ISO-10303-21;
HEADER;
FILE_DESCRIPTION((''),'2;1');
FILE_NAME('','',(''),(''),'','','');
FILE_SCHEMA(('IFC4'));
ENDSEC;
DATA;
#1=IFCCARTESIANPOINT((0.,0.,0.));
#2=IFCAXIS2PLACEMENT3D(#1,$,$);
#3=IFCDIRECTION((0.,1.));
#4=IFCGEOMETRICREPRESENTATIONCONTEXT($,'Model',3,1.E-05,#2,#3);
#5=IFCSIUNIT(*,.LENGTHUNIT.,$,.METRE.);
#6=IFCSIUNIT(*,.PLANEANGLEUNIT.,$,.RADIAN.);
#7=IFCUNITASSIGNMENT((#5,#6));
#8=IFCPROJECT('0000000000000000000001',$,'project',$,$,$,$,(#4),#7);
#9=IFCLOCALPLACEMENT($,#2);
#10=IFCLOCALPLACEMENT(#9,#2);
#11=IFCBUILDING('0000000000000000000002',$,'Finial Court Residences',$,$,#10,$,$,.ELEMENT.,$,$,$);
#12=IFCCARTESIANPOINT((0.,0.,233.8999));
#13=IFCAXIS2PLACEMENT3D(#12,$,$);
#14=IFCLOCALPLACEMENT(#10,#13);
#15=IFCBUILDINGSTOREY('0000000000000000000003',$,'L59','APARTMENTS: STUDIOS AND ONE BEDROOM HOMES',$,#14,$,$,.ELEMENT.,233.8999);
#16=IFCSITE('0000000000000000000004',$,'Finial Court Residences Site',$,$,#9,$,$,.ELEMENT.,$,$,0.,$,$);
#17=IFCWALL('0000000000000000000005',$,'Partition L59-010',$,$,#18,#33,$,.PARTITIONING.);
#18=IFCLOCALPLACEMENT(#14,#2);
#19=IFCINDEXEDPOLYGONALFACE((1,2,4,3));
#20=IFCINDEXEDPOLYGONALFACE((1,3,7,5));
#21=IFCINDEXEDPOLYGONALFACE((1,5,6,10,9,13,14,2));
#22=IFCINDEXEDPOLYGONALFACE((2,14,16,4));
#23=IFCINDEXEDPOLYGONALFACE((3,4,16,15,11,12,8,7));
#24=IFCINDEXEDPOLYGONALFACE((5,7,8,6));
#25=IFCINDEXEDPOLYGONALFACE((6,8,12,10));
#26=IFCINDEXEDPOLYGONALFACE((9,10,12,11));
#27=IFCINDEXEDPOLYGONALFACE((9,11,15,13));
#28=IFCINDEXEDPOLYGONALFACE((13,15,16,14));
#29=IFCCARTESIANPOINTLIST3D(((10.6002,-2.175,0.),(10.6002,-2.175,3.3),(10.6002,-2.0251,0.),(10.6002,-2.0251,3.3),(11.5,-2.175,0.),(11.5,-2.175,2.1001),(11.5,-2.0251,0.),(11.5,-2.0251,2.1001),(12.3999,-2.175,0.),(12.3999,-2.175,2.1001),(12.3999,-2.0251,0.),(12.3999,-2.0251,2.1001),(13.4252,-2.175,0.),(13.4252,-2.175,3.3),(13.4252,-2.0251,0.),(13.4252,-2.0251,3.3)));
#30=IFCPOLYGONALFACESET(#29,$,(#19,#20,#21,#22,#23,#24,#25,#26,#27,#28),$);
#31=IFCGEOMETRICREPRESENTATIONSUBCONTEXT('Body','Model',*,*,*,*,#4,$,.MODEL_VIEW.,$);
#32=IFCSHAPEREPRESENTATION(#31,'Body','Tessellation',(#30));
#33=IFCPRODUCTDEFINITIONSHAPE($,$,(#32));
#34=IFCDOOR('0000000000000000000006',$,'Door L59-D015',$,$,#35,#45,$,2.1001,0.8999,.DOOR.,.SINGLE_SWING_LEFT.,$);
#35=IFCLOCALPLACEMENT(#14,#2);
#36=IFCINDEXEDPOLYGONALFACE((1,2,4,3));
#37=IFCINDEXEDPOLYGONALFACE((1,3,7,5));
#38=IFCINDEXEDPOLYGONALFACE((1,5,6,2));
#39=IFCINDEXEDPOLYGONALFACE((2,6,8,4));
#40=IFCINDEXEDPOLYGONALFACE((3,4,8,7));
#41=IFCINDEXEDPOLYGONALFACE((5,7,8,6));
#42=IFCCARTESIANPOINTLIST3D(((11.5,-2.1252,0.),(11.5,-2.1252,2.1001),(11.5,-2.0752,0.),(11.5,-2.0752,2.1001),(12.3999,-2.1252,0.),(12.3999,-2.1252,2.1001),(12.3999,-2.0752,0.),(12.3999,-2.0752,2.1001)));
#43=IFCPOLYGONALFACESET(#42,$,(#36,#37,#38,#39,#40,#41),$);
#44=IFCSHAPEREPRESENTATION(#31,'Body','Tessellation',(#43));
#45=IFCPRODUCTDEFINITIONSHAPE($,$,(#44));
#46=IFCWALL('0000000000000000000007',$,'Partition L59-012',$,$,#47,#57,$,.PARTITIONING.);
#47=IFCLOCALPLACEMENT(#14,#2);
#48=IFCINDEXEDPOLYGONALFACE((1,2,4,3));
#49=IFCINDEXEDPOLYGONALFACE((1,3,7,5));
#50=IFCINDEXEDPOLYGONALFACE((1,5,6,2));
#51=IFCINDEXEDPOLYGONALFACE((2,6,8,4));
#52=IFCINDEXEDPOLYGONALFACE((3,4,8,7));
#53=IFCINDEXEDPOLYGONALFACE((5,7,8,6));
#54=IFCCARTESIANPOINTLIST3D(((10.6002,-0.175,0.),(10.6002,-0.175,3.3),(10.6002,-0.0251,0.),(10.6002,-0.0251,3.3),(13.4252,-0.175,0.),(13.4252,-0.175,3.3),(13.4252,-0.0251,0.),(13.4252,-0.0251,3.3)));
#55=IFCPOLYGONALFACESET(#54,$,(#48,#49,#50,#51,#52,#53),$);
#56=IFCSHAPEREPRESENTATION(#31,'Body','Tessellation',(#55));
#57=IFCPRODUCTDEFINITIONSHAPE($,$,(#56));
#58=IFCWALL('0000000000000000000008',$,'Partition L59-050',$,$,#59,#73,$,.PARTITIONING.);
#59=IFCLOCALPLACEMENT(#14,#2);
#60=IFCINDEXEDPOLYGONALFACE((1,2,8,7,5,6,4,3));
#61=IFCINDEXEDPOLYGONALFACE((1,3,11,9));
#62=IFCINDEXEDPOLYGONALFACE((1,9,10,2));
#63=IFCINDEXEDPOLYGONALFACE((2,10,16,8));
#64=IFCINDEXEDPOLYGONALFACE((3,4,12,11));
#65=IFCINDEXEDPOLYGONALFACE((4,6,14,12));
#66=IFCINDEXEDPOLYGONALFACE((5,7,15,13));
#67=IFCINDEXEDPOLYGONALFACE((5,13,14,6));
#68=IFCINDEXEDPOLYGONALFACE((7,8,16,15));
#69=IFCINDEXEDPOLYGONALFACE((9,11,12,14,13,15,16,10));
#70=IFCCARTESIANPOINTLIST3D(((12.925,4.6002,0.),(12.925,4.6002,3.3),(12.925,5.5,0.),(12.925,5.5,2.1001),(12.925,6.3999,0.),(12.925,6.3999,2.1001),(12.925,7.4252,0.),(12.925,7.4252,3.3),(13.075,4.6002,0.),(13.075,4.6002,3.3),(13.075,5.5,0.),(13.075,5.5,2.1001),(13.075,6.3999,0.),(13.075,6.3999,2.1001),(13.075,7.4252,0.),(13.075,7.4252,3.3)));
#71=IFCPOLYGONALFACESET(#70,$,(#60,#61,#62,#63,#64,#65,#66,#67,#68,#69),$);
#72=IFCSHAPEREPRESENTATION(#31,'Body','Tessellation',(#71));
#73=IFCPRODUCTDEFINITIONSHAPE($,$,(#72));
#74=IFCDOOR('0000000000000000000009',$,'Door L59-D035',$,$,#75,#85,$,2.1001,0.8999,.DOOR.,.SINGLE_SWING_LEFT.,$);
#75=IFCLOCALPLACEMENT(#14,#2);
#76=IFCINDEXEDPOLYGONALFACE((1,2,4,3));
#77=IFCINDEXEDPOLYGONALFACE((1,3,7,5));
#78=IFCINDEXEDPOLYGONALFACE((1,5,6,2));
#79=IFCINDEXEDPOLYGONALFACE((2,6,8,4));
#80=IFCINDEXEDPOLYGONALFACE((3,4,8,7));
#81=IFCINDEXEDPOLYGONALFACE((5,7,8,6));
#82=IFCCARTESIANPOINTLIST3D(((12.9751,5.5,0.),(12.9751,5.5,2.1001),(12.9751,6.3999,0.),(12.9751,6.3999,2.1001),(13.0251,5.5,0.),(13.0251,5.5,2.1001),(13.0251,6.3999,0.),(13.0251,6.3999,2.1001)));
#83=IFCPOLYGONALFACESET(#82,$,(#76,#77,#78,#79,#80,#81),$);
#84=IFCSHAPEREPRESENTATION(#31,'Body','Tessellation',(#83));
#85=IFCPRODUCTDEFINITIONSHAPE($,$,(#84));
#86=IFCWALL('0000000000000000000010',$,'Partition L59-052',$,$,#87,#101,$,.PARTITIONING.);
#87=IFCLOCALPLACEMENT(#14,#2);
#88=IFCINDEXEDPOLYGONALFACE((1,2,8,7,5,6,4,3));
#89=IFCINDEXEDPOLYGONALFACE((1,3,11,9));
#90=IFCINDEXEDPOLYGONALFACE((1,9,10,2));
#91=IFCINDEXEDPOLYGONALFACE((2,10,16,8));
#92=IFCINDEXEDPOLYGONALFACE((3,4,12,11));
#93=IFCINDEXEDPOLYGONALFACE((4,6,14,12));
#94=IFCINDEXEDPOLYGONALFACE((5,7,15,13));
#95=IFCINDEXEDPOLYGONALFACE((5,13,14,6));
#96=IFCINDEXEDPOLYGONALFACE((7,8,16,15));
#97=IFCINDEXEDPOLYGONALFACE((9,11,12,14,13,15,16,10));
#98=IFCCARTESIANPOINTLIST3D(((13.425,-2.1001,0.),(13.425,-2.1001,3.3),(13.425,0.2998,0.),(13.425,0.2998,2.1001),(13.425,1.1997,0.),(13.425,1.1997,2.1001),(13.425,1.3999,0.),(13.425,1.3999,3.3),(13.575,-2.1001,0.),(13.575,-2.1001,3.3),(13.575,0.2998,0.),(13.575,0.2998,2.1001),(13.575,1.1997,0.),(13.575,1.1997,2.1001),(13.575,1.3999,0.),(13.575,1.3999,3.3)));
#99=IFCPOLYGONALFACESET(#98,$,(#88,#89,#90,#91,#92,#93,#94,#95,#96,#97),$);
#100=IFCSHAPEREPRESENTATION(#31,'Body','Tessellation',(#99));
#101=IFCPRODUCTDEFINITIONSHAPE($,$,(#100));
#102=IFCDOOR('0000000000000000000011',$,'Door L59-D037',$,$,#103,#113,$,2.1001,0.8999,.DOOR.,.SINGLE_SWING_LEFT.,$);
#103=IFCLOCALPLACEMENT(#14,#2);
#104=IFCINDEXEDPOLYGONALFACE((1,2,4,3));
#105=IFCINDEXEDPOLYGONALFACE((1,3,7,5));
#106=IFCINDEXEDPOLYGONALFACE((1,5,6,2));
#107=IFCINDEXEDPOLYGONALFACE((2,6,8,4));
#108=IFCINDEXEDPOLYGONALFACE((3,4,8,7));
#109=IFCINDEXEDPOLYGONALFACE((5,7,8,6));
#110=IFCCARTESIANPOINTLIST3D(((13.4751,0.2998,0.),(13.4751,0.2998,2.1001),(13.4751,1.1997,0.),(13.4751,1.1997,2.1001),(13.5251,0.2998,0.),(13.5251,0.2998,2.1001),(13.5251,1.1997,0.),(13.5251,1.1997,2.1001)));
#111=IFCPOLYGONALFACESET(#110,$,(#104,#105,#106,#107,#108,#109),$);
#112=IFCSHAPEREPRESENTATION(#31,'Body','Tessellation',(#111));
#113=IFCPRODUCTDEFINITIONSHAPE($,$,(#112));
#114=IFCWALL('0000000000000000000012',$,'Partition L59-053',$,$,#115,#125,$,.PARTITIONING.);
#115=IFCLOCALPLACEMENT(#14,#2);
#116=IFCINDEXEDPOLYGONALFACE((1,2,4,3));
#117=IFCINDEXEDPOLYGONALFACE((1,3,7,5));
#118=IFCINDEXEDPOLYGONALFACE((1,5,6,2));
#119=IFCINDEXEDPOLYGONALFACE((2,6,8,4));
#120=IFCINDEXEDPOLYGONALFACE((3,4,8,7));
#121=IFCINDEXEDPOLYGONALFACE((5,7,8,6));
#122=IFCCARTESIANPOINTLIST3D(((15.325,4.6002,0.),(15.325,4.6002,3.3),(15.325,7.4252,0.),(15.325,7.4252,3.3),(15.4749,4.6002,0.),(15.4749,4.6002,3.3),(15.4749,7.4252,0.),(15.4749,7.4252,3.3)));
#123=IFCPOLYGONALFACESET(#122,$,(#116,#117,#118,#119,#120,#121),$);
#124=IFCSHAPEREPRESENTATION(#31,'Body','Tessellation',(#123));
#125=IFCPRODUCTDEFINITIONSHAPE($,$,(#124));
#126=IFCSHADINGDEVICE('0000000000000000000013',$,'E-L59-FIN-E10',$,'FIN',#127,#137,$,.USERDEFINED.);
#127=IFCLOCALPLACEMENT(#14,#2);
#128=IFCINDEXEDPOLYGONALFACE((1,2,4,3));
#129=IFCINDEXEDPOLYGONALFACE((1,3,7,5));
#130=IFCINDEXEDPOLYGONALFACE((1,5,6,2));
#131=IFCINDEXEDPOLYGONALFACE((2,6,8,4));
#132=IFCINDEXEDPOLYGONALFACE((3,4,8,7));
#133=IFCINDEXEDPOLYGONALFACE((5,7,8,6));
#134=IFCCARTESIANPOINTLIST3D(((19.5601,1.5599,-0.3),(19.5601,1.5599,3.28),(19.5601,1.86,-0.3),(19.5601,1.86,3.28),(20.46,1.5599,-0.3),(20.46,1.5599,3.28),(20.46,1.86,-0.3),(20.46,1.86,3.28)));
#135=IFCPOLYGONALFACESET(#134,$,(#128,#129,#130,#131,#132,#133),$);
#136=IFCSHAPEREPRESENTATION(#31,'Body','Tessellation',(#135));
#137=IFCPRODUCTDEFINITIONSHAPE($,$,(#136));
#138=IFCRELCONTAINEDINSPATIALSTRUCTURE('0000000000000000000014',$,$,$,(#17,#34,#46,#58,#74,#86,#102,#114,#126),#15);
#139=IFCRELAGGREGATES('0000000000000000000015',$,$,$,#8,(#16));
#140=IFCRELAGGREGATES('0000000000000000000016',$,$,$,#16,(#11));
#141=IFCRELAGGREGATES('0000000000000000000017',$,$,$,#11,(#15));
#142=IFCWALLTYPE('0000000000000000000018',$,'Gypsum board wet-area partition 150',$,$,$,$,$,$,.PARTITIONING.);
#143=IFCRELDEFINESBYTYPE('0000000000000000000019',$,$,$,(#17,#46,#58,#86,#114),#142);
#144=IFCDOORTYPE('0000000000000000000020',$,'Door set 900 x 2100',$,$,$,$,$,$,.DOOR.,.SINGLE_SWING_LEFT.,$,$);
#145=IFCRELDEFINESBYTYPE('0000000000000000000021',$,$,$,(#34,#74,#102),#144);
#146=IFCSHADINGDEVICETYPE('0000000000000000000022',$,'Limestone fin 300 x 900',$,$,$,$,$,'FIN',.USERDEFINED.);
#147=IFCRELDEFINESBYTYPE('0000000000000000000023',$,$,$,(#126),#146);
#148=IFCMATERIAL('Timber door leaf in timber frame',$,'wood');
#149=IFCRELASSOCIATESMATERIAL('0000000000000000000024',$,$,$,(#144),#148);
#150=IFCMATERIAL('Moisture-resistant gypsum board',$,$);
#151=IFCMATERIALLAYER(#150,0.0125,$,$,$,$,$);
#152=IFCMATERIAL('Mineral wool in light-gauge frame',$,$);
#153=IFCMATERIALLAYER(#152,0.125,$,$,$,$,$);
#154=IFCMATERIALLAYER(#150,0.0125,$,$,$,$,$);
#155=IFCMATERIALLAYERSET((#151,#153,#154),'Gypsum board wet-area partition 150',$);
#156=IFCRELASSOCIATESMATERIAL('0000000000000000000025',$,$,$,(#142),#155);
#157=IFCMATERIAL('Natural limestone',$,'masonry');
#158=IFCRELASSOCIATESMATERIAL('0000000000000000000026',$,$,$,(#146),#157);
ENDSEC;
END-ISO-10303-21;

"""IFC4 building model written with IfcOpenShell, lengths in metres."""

from ifc_helpers import new_model, si_unit, direction, frame, frame_2d, origin, origin_2d, place, context, subcontext, project, spatial, rectangle, extrude, material, layer, layer_set, type_object, element, fill, save


model = new_model("IFC4")

# Units and contexts
model_context = context("Model", 3, precision=1e-05, world=origin(), true_north=direction((0.0, 1.0)))
body_context = subcontext(model_context, "Body", "Model", "MODEL_VIEW")
ifc_project = project(units=[si_unit("LENGTHUNIT", "METRE"), si_unit("PLANEANGLEUNIT", "RADIAN")], contexts=[model_context])

# Site, building, storey
site_placement = place(None, origin())
site = spatial("IfcSite", under=ifc_project, at=site_placement, Name="Finial Court Residences Site", CompositionType="ELEMENT", RefElevation=0.0)
building_placement = place(site_placement, origin())
building = spatial("IfcBuilding", under=site, at=building_placement, Name="Finial Court Residences", CompositionType="ELEMENT")
storey_placement = place(building_placement, frame((0.0, 0.0, 233.8999)))
storey = spatial("IfcBuildingStorey", under=building, at=storey_placement, Name="L59", Description="APARTMENTS: STUDIOS AND ONE BEDROOM HOMES", CompositionType="ELEMENT", Elevation=233.8999)

# Wall, opening, door
ifc_material_1 = material(Name="Mineral wool in light-gauge frame")
ifc_material_2 = material(Name="Timber door leaf in timber frame", Category="wood")
door_type = type_object("IfcDoorType", Name="Door set 900 x 2100", OperationType="SINGLE_SWING_LEFT", PredefinedType="DOOR", material=ifc_material_2)
ifc_material_3 = material(Name="Moisture-resistant gypsum board")
ifc_layer_1 = layer(ifc_material_3, 0.0125)
ifc_layer_2 = layer(ifc_material_1, 0.125)
ifc_layer_3 = layer(ifc_material_3, 0.0125)
ifc_layer_set_1 = layer_set([ifc_layer_1, ifc_layer_2, ifc_layer_3], Name="Gypsum board wet-area partition 150")
wall_type_1 = type_object("IfcWallType", Name="Gypsum board wet-area partition 150", PredefinedType="PARTITIONING", material=ifc_layer_set_1)
wall_1_placement = place(storey_placement, frame((10.6001, -2.1001, 0.0), z_axis=(0.0, 0.0, 1.0), x_axis=(1.0, 0.0, 0.0)))
wall_1 = element("IfcWall", 1, at=wall_1_placement, inside=storey, type_object=wall_type_1, Name="Partition L59-010", PredefinedType="PARTITIONING", context=body_context, shape_type="SweptSolid", body=[
    extrude(rectangle(XDim=2.825, YDim=0.1499, at=frame_2d((1.4126, 0.0))), origin(), (0.0, 0.0, 1.0), 3.3),
])
opening_1_placement = place(wall_1_placement, frame((0.8999, 0.0, 0.0)))
opening_1 = element("IfcOpeningElement", 2, at=opening_1_placement, cuts=wall_1, PredefinedType="OPENING", context=body_context, shape_type="SweptSolid", body=[
    extrude(rectangle(XDim=0.8999, YDim=2.1001, at=frame_2d((0.45, 1.05))), frame((0.0, 0.085, 0.0), z_axis=(0.0, -1.0, 0.0), x_axis=(1.0, 0.0, 0.0)), (0.0, 0.0, 1.0), 0.1699),
])
door_1_placement = place(opening_1_placement, origin())
door_1 = element("IfcDoor", 3, at=door_1_placement, inside=storey, type_object=door_type, Name="Door L59-D015", OperationType="SINGLE_SWING_LEFT", OverallHeight=2.1001, OverallWidth=0.8999, PredefinedType="DOOR", context=body_context, shape_type="SweptSolid", body=[
    extrude(rectangle(XDim=0.8999, YDim=2.1001, at=frame_2d((0.45, 1.05))), frame((0.0, 0.0249, 0.0), z_axis=(0.0, -1.0, 0.0), x_axis=(1.0, 0.0, 0.0)), (0.0, 0.0, 1.0), 0.05),
])
fill(opening_1, door_1)

# Wall
wall_2_placement = place(storey_placement, frame((10.6001, -0.1001, 0.0), z_axis=(0.0, 0.0, 1.0), x_axis=(1.0, 0.0, 0.0)))
element("IfcWall", 4, at=wall_2_placement, inside=storey, type_object=wall_type_1, Name="Partition L59-012", PredefinedType="PARTITIONING", context=body_context, shape_type="SweptSolid", body=[
    extrude(rectangle(XDim=2.825, YDim=0.1499, at=frame_2d((1.4126, 0.0))), origin(), (0.0, 0.0, 1.0), 3.3),
])

# Walls, openings, doors
wall_3_placement = place(storey_placement, frame((13.0, 4.6001, 0.0), z_axis=(0.0, 0.0, 1.0), x_axis=(0.0, 1.0, 0.0)))
wall_3 = element("IfcWall", 5, at=wall_3_placement, inside=storey, type_object=wall_type_1, Name="Partition L59-050", PredefinedType="PARTITIONING", context=body_context, shape_type="SweptSolid", body=[
    extrude(rectangle(XDim=2.825, YDim=0.1499, at=frame_2d((1.4126, 0.0))), origin(), (0.0, 0.0, 1.0), 3.3),
])
opening_2_placement = place(wall_3_placement, frame((0.8999, 0.0, 0.0)))
opening_2 = element("IfcOpeningElement", 6, at=opening_2_placement, cuts=wall_3, PredefinedType="OPENING", context=body_context, shape_type="SweptSolid", body=[
    extrude(rectangle(XDim=0.8999, YDim=2.1001, at=frame_2d((0.45, 1.05))), frame((0.0, 0.085, 0.0), z_axis=(0.0, -1.0, 0.0), x_axis=(1.0, 0.0, 0.0)), (0.0, 0.0, 1.0), 0.1699),
])
door_2_placement = place(opening_2_placement, origin())
door_2 = element("IfcDoor", 7, at=door_2_placement, inside=storey, type_object=door_type, Name="Door L59-D035", OperationType="SINGLE_SWING_LEFT", OverallHeight=2.1001, OverallWidth=0.8999, PredefinedType="DOOR", context=body_context, shape_type="SweptSolid", body=[
    extrude(rectangle(XDim=0.8999, YDim=2.1001, at=frame_2d((0.45, 1.05))), frame((0.0, 0.0249, 0.0), z_axis=(0.0, -1.0, 0.0), x_axis=(1.0, 0.0, 0.0)), (0.0, 0.0, 1.0), 0.05),
])
fill(opening_2, door_2)
wall_4_placement = place(storey_placement, frame((13.5, -2.1001, 0.0), z_axis=(0.0, 0.0, 1.0), x_axis=(0.0, 1.0, 0.0)))
wall_4 = element("IfcWall", 8, at=wall_4_placement, inside=storey, type_object=wall_type_1, Name="Partition L59-052", PredefinedType="PARTITIONING", context=body_context, shape_type="SweptSolid", body=[
    extrude(rectangle(XDim=3.5, YDim=0.1499, at=frame_2d((1.75, 0.0))), origin(), (0.0, 0.0, 1.0), 3.3),
])
opening_3_placement = place(wall_4_placement, frame((2.3999, 0.0, 0.0)))
opening_3 = element("IfcOpeningElement", 9, at=opening_3_placement, cuts=wall_4, PredefinedType="OPENING", context=body_context, shape_type="SweptSolid", body=[
    extrude(rectangle(XDim=0.8999, YDim=2.1001, at=frame_2d((0.45, 1.05))), frame((0.0, 0.085, 0.0), z_axis=(0.0, -1.0, 0.0), x_axis=(1.0, 0.0, 0.0)), (0.0, 0.0, 1.0), 0.1699),
])
door_3_placement = place(opening_3_placement, origin())
door_3 = element("IfcDoor", 10, at=door_3_placement, inside=storey, type_object=door_type, Name="Door L59-D037", OperationType="SINGLE_SWING_LEFT", OverallHeight=2.1001, OverallWidth=0.8999, PredefinedType="DOOR", context=body_context, shape_type="SweptSolid", body=[
    extrude(rectangle(XDim=0.8999, YDim=2.1001, at=frame_2d((0.45, 1.05))), frame((0.0, 0.0249, 0.0), z_axis=(0.0, -1.0, 0.0), x_axis=(1.0, 0.0, 0.0)), (0.0, 0.0, 1.0), 0.05),
])
fill(opening_3, door_3)

# Wall
wall_5_placement = place(storey_placement, frame((15.3999, 4.6001, 0.0), z_axis=(0.0, 0.0, 1.0), x_axis=(0.0, 1.0, 0.0)))
element("IfcWall", 11, at=wall_5_placement, inside=storey, type_object=wall_type_1, Name="Partition L59-053", PredefinedType="PARTITIONING", context=body_context, shape_type="SweptSolid", body=[
    extrude(rectangle(XDim=2.825, YDim=0.1499, at=frame_2d((1.4126, 0.0))), origin(), (0.0, 0.0, 1.0), 3.3),
])

# Shading device
ifc_material_4 = material(Name="Natural limestone", Category="masonry")
shading_device_type = type_object("IfcShadingDeviceType", Name="Limestone fin 300 x 900", ElementType="FIN", PredefinedType="USERDEFINED", material=ifc_material_4)
shading_device_placement = place(storey_placement, frame((20.01, 1.71, -0.3), z_axis=(0.0, 0.0, 1.0), x_axis=(1.0, 0.0, 0.0)))
element("IfcShadingDevice", 12, at=shading_device_placement, inside=storey, type_object=shading_device_type, Name="E-L59-FIN-E10", ObjectType="FIN", PredefinedType="USERDEFINED", context=body_context, shape_type="SweptSolid", body=[
    extrude(rectangle(XDim=0.8999, YDim=0.3, at=origin_2d()), origin(), (0.0, 0.0, 1.0), 3.5801),
])

save(model, "model.ifc")
